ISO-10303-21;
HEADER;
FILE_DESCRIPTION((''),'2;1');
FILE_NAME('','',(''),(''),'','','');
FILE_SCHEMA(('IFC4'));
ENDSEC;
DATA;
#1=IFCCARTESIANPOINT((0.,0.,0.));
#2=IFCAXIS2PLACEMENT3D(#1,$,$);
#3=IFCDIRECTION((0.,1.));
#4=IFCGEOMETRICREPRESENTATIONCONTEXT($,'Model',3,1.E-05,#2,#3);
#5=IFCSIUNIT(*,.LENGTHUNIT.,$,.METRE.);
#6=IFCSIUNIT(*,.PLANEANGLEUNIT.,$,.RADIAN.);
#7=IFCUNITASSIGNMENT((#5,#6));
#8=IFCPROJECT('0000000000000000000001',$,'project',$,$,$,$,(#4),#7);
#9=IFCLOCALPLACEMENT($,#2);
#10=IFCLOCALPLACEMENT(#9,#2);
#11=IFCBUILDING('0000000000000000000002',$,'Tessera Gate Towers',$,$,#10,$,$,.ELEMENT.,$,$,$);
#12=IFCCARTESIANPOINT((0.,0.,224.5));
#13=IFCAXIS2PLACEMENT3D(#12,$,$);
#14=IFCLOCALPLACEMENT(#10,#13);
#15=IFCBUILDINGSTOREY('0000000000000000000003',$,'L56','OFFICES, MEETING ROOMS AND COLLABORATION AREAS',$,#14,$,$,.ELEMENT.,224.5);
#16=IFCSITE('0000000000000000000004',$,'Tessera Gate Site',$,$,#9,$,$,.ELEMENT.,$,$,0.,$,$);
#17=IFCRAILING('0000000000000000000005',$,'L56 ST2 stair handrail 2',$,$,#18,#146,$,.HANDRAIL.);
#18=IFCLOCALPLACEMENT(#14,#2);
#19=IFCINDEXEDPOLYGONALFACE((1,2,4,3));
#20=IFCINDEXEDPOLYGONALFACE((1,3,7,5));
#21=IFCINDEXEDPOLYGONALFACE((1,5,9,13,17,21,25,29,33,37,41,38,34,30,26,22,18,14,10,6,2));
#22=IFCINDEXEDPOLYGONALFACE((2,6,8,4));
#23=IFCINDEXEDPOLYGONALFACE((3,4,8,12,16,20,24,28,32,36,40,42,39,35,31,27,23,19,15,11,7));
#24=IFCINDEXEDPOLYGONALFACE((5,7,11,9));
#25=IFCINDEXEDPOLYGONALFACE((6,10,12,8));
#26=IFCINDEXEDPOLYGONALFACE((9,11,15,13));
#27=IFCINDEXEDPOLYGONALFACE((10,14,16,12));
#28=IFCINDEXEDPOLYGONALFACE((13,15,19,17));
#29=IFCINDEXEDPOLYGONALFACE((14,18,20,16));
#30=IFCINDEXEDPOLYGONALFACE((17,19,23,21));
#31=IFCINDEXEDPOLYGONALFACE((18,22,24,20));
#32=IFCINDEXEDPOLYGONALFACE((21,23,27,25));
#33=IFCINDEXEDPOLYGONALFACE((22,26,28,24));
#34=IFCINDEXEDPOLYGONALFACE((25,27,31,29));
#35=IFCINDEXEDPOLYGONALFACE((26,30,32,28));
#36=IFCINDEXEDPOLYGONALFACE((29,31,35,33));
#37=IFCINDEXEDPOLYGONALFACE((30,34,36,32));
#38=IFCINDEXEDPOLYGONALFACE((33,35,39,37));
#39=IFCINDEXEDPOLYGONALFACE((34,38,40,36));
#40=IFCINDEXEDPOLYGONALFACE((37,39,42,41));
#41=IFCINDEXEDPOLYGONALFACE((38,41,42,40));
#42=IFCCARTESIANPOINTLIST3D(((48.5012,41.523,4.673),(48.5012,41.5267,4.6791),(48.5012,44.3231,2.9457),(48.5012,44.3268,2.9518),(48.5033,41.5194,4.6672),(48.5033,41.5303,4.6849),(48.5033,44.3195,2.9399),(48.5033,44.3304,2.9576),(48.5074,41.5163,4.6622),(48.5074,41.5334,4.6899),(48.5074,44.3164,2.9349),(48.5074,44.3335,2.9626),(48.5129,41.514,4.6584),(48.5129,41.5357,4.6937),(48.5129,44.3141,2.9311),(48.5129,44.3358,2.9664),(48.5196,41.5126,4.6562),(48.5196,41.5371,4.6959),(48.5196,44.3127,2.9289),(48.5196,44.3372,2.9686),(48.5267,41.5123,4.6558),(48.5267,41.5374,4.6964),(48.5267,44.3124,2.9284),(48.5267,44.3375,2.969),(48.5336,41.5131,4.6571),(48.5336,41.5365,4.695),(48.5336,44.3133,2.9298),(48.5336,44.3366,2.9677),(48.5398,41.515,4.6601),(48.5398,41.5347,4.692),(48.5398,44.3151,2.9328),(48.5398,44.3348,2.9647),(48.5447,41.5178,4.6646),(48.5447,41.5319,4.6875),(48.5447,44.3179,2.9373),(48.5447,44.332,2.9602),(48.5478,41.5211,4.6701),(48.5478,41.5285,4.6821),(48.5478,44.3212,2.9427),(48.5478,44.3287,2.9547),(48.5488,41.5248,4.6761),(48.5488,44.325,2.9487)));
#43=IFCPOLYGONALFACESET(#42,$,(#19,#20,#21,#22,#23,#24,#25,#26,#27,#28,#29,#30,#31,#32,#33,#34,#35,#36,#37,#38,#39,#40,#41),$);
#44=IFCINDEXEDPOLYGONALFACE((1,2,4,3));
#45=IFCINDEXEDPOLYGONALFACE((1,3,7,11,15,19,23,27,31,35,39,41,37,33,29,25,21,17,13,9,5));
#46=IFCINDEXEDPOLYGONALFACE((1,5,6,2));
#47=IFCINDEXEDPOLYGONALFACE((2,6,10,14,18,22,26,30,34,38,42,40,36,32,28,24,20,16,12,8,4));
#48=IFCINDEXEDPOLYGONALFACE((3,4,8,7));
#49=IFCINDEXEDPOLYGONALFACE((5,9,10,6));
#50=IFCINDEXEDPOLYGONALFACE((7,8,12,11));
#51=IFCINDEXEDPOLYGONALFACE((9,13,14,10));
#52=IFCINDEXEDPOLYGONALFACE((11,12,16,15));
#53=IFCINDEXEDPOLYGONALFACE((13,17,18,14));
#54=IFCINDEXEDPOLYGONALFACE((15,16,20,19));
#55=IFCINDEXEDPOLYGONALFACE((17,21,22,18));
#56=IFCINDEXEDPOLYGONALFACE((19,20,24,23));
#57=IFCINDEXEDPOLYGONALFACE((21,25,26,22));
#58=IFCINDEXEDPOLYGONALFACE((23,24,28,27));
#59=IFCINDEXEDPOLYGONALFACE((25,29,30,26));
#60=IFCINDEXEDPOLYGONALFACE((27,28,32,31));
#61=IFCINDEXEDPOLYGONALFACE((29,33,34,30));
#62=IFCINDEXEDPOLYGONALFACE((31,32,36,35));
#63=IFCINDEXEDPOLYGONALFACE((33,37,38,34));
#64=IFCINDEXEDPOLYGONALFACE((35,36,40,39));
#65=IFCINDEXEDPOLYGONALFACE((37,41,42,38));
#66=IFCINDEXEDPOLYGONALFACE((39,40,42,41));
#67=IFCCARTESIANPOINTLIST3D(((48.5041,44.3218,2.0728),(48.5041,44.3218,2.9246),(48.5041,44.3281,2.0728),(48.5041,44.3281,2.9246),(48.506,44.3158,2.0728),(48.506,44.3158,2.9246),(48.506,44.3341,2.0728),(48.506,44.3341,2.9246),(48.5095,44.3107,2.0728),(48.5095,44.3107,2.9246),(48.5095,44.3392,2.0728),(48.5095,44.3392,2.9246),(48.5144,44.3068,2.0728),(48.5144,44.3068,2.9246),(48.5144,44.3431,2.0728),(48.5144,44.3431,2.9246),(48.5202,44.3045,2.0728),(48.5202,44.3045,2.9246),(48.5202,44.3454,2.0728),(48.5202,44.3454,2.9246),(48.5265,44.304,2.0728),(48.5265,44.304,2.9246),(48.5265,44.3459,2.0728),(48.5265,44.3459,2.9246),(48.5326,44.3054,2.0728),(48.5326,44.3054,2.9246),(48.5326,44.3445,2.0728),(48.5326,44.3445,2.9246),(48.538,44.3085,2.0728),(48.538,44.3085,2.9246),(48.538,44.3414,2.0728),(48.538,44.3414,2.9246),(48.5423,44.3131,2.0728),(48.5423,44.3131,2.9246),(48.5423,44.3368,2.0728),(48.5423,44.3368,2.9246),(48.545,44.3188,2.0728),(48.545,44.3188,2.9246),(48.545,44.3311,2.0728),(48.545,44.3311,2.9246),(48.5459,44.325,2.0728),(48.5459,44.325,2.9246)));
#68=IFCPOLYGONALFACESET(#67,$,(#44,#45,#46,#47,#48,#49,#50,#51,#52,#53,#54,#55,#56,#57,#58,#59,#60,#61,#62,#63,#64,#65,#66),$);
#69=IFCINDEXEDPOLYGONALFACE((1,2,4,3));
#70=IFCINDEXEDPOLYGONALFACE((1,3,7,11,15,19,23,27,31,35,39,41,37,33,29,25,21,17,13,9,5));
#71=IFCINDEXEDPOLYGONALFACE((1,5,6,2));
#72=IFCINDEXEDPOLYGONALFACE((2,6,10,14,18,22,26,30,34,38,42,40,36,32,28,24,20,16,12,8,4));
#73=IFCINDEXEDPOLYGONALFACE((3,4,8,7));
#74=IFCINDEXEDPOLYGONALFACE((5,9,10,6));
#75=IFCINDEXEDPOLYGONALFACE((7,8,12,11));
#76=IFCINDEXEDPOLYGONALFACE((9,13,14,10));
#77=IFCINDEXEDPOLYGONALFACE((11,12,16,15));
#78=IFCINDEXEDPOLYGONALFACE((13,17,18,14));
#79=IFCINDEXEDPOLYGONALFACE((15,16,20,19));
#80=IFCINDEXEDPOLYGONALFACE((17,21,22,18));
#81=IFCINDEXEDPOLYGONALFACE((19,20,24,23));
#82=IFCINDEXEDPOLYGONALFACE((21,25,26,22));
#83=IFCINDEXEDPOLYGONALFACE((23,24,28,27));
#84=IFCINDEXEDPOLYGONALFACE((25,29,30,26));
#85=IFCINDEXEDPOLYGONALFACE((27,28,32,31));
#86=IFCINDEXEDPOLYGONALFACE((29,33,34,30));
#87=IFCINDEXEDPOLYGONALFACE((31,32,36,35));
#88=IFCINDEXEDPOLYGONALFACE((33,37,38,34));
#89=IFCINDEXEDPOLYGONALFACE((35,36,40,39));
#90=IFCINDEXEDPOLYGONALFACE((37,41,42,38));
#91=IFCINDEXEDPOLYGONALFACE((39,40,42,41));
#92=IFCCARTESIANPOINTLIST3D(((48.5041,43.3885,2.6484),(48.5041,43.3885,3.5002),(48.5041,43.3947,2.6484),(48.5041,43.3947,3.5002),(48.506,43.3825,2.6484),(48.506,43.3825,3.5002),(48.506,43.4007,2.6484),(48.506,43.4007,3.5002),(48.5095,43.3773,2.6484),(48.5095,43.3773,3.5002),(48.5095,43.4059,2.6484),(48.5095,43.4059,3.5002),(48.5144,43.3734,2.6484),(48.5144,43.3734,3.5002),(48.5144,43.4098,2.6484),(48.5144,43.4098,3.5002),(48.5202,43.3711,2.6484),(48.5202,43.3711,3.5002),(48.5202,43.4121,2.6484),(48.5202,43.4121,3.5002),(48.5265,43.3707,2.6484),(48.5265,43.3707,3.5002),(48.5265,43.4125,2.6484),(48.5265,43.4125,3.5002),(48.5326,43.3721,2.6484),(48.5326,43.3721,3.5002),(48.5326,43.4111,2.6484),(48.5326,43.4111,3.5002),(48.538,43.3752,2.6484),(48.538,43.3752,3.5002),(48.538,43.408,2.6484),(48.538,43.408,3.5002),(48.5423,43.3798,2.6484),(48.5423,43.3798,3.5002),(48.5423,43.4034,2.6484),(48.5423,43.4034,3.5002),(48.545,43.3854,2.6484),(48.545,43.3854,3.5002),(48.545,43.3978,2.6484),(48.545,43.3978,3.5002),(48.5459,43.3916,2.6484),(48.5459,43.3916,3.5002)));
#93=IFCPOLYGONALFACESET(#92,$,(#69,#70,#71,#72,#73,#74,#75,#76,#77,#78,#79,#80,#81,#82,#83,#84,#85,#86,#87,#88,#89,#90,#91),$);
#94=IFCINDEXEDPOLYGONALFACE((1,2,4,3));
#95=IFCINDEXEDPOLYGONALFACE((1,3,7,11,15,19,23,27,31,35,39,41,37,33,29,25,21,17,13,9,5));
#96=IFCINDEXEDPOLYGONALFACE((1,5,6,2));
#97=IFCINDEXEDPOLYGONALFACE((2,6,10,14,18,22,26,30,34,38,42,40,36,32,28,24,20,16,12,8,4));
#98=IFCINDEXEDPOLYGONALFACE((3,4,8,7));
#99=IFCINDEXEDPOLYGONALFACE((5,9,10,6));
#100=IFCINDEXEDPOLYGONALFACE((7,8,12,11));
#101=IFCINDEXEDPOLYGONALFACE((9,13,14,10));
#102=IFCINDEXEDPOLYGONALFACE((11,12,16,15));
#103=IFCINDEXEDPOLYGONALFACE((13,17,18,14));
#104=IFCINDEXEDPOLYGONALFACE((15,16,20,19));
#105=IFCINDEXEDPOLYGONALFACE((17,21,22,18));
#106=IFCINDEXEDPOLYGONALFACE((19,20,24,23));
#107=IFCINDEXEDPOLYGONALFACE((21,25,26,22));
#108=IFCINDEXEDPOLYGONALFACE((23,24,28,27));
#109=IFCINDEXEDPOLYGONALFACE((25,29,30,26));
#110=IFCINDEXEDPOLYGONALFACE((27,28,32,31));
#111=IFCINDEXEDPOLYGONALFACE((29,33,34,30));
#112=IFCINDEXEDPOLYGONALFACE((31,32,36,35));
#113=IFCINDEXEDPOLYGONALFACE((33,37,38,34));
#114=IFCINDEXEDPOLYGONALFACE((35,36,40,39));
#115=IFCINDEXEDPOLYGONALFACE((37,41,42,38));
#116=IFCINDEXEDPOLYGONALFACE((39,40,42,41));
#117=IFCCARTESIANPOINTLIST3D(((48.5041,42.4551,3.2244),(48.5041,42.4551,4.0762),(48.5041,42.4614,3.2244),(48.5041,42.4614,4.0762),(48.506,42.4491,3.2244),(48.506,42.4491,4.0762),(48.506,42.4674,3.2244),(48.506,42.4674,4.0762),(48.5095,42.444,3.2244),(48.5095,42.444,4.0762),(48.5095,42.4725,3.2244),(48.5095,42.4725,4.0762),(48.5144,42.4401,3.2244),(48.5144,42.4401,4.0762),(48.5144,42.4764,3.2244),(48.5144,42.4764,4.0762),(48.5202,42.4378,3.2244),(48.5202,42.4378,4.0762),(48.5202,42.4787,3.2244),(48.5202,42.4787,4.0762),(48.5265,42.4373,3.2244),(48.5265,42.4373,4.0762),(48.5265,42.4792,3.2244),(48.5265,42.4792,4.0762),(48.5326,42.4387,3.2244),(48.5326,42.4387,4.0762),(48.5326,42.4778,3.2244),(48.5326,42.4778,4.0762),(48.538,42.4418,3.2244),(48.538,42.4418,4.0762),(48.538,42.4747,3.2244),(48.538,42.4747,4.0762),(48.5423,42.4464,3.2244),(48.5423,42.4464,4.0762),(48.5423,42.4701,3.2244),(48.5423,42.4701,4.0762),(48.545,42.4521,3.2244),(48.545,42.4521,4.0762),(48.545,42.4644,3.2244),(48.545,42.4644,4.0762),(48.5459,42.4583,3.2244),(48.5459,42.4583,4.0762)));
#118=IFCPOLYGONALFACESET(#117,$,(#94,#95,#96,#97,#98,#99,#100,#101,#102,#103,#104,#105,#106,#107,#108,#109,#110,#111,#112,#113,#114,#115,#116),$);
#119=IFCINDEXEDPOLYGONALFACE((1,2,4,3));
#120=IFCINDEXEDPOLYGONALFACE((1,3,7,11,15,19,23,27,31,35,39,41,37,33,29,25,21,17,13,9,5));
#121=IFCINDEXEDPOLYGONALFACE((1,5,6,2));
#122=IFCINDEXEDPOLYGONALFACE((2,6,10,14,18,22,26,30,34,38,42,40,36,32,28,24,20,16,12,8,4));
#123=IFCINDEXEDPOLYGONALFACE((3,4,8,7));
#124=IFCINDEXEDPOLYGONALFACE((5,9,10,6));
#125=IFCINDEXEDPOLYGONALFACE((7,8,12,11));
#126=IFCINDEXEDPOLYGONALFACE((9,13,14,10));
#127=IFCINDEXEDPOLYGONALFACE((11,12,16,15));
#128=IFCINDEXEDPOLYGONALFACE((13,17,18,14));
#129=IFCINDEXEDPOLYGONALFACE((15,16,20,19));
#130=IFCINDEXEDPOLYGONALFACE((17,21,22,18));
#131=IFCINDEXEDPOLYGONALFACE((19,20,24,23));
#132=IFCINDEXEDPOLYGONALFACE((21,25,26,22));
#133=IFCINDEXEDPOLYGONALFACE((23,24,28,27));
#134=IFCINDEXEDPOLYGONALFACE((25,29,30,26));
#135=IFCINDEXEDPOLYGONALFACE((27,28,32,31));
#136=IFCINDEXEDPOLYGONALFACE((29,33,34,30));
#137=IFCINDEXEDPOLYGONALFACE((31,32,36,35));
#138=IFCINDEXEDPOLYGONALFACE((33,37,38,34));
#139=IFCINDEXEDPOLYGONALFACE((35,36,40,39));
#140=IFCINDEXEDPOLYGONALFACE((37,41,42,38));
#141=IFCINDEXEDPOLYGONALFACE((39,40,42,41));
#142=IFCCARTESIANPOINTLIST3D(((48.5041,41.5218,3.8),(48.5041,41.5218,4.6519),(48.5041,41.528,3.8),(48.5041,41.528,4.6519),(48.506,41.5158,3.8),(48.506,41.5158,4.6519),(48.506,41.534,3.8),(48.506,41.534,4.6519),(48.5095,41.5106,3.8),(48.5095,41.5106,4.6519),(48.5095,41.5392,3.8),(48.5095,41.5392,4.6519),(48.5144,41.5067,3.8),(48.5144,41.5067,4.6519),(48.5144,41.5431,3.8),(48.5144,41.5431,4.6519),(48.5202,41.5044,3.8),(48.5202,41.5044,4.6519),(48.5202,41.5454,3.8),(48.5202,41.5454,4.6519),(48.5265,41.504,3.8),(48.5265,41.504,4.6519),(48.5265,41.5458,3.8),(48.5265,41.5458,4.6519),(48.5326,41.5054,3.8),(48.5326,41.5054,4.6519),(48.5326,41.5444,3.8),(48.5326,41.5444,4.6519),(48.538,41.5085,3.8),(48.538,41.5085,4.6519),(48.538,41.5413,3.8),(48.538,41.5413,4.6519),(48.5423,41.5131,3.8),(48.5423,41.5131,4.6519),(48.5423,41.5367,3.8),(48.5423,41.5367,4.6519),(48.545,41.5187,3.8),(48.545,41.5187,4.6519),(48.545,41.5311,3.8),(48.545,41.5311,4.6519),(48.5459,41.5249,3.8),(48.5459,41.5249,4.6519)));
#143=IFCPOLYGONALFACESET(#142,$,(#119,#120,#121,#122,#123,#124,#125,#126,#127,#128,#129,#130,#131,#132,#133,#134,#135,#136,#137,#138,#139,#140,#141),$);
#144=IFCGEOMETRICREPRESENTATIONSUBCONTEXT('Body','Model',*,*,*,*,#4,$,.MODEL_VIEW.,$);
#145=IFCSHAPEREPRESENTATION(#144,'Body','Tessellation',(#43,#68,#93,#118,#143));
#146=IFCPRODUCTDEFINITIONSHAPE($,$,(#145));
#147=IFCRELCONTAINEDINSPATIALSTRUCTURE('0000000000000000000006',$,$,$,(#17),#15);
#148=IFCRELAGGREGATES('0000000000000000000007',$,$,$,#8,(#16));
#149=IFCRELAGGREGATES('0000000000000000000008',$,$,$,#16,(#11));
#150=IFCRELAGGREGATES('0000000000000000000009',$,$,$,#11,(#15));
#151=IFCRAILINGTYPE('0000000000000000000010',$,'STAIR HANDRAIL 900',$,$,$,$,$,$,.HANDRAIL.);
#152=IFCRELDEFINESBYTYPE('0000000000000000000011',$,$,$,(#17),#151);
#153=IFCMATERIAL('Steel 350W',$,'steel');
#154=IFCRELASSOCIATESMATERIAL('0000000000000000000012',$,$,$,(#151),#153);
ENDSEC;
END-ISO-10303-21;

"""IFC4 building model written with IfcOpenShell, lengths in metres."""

from ifc_helpers import new_model, si_unit, direction, frame, origin, origin_2d, place, context, subcontext, project, spatial, circle, extrude, material, type_object, element, save


model = new_model("IFC4")

# Units and contexts
model_context = context("Model", 3, precision=1e-05, world=origin(), true_north=direction((0.0, 1.0)))
body_context = subcontext(model_context, "Body", "Model", "MODEL_VIEW")
ifc_project = project(units=[si_unit("LENGTHUNIT", "METRE"), si_unit("PLANEANGLEUNIT", "RADIAN")], contexts=[model_context])

# Site, building, storey
site_placement = place(None, origin())
site = spatial("IfcSite", under=ifc_project, at=site_placement, Name="Tessera Gate Site", CompositionType="ELEMENT", RefElevation=0.0)
building_placement = place(site_placement, origin())
building = spatial("IfcBuilding", under=site, at=building_placement, Name="Tessera Gate Towers", CompositionType="ELEMENT")
storey_placement = place(building_placement, frame((0.0, 0.0, 224.5)))
storey = spatial("IfcBuildingStorey", under=building, at=storey_placement, Name="L56", Description="OFFICES, MEETING ROOMS AND COLLABORATION AREAS", CompositionType="ELEMENT", Elevation=224.5)

# Railing
ifc_material_1 = material(Name="Steel 350W", Category="steel")
railing_type_1 = type_object("IfcRailingType", Name="STAIR HANDRAIL 900", PredefinedType="HANDRAIL", material=ifc_material_1)
railing_1_placement = place(storey_placement, frame((48.5249, 44.325, 2.0728)))
element("IfcRailing", 1, at=railing_1_placement, inside=storey, type_object=railing_type_1, Name="L56 ST2 stair handrail 2", PredefinedType="HANDRAIL", context=body_context, shape_type="SweptSolid", body=[
    extrude(circle(Radius=0.0239, at=origin_2d()), frame((0.0, 0.0, 0.876), z_axis=(0.0, -0.85109, 0.52502), x_axis=(1.0, 0.0, 0.0)), (0.0, 0.0, 1.0), 3.29),
    extrude(circle(Radius=0.021, at=origin_2d()), origin(), (0.0, 0.0, 1.0), 0.8518),
    extrude(circle(Radius=0.021, at=origin_2d()), frame((0.0, -0.9333, 0.5757)), (0.0, 0.0, 1.0), 0.8518),
    extrude(circle(Radius=0.021, at=origin_2d()), frame((0.0, -1.8667, 1.1516)), (0.0, 0.0, 1.0), 0.8518),
    extrude(circle(Radius=0.021, at=origin_2d()), frame((0.0, -2.8, 1.7273)), (0.0, 0.0, 1.0), 0.8518),
])

save(model, "model.ifc")
